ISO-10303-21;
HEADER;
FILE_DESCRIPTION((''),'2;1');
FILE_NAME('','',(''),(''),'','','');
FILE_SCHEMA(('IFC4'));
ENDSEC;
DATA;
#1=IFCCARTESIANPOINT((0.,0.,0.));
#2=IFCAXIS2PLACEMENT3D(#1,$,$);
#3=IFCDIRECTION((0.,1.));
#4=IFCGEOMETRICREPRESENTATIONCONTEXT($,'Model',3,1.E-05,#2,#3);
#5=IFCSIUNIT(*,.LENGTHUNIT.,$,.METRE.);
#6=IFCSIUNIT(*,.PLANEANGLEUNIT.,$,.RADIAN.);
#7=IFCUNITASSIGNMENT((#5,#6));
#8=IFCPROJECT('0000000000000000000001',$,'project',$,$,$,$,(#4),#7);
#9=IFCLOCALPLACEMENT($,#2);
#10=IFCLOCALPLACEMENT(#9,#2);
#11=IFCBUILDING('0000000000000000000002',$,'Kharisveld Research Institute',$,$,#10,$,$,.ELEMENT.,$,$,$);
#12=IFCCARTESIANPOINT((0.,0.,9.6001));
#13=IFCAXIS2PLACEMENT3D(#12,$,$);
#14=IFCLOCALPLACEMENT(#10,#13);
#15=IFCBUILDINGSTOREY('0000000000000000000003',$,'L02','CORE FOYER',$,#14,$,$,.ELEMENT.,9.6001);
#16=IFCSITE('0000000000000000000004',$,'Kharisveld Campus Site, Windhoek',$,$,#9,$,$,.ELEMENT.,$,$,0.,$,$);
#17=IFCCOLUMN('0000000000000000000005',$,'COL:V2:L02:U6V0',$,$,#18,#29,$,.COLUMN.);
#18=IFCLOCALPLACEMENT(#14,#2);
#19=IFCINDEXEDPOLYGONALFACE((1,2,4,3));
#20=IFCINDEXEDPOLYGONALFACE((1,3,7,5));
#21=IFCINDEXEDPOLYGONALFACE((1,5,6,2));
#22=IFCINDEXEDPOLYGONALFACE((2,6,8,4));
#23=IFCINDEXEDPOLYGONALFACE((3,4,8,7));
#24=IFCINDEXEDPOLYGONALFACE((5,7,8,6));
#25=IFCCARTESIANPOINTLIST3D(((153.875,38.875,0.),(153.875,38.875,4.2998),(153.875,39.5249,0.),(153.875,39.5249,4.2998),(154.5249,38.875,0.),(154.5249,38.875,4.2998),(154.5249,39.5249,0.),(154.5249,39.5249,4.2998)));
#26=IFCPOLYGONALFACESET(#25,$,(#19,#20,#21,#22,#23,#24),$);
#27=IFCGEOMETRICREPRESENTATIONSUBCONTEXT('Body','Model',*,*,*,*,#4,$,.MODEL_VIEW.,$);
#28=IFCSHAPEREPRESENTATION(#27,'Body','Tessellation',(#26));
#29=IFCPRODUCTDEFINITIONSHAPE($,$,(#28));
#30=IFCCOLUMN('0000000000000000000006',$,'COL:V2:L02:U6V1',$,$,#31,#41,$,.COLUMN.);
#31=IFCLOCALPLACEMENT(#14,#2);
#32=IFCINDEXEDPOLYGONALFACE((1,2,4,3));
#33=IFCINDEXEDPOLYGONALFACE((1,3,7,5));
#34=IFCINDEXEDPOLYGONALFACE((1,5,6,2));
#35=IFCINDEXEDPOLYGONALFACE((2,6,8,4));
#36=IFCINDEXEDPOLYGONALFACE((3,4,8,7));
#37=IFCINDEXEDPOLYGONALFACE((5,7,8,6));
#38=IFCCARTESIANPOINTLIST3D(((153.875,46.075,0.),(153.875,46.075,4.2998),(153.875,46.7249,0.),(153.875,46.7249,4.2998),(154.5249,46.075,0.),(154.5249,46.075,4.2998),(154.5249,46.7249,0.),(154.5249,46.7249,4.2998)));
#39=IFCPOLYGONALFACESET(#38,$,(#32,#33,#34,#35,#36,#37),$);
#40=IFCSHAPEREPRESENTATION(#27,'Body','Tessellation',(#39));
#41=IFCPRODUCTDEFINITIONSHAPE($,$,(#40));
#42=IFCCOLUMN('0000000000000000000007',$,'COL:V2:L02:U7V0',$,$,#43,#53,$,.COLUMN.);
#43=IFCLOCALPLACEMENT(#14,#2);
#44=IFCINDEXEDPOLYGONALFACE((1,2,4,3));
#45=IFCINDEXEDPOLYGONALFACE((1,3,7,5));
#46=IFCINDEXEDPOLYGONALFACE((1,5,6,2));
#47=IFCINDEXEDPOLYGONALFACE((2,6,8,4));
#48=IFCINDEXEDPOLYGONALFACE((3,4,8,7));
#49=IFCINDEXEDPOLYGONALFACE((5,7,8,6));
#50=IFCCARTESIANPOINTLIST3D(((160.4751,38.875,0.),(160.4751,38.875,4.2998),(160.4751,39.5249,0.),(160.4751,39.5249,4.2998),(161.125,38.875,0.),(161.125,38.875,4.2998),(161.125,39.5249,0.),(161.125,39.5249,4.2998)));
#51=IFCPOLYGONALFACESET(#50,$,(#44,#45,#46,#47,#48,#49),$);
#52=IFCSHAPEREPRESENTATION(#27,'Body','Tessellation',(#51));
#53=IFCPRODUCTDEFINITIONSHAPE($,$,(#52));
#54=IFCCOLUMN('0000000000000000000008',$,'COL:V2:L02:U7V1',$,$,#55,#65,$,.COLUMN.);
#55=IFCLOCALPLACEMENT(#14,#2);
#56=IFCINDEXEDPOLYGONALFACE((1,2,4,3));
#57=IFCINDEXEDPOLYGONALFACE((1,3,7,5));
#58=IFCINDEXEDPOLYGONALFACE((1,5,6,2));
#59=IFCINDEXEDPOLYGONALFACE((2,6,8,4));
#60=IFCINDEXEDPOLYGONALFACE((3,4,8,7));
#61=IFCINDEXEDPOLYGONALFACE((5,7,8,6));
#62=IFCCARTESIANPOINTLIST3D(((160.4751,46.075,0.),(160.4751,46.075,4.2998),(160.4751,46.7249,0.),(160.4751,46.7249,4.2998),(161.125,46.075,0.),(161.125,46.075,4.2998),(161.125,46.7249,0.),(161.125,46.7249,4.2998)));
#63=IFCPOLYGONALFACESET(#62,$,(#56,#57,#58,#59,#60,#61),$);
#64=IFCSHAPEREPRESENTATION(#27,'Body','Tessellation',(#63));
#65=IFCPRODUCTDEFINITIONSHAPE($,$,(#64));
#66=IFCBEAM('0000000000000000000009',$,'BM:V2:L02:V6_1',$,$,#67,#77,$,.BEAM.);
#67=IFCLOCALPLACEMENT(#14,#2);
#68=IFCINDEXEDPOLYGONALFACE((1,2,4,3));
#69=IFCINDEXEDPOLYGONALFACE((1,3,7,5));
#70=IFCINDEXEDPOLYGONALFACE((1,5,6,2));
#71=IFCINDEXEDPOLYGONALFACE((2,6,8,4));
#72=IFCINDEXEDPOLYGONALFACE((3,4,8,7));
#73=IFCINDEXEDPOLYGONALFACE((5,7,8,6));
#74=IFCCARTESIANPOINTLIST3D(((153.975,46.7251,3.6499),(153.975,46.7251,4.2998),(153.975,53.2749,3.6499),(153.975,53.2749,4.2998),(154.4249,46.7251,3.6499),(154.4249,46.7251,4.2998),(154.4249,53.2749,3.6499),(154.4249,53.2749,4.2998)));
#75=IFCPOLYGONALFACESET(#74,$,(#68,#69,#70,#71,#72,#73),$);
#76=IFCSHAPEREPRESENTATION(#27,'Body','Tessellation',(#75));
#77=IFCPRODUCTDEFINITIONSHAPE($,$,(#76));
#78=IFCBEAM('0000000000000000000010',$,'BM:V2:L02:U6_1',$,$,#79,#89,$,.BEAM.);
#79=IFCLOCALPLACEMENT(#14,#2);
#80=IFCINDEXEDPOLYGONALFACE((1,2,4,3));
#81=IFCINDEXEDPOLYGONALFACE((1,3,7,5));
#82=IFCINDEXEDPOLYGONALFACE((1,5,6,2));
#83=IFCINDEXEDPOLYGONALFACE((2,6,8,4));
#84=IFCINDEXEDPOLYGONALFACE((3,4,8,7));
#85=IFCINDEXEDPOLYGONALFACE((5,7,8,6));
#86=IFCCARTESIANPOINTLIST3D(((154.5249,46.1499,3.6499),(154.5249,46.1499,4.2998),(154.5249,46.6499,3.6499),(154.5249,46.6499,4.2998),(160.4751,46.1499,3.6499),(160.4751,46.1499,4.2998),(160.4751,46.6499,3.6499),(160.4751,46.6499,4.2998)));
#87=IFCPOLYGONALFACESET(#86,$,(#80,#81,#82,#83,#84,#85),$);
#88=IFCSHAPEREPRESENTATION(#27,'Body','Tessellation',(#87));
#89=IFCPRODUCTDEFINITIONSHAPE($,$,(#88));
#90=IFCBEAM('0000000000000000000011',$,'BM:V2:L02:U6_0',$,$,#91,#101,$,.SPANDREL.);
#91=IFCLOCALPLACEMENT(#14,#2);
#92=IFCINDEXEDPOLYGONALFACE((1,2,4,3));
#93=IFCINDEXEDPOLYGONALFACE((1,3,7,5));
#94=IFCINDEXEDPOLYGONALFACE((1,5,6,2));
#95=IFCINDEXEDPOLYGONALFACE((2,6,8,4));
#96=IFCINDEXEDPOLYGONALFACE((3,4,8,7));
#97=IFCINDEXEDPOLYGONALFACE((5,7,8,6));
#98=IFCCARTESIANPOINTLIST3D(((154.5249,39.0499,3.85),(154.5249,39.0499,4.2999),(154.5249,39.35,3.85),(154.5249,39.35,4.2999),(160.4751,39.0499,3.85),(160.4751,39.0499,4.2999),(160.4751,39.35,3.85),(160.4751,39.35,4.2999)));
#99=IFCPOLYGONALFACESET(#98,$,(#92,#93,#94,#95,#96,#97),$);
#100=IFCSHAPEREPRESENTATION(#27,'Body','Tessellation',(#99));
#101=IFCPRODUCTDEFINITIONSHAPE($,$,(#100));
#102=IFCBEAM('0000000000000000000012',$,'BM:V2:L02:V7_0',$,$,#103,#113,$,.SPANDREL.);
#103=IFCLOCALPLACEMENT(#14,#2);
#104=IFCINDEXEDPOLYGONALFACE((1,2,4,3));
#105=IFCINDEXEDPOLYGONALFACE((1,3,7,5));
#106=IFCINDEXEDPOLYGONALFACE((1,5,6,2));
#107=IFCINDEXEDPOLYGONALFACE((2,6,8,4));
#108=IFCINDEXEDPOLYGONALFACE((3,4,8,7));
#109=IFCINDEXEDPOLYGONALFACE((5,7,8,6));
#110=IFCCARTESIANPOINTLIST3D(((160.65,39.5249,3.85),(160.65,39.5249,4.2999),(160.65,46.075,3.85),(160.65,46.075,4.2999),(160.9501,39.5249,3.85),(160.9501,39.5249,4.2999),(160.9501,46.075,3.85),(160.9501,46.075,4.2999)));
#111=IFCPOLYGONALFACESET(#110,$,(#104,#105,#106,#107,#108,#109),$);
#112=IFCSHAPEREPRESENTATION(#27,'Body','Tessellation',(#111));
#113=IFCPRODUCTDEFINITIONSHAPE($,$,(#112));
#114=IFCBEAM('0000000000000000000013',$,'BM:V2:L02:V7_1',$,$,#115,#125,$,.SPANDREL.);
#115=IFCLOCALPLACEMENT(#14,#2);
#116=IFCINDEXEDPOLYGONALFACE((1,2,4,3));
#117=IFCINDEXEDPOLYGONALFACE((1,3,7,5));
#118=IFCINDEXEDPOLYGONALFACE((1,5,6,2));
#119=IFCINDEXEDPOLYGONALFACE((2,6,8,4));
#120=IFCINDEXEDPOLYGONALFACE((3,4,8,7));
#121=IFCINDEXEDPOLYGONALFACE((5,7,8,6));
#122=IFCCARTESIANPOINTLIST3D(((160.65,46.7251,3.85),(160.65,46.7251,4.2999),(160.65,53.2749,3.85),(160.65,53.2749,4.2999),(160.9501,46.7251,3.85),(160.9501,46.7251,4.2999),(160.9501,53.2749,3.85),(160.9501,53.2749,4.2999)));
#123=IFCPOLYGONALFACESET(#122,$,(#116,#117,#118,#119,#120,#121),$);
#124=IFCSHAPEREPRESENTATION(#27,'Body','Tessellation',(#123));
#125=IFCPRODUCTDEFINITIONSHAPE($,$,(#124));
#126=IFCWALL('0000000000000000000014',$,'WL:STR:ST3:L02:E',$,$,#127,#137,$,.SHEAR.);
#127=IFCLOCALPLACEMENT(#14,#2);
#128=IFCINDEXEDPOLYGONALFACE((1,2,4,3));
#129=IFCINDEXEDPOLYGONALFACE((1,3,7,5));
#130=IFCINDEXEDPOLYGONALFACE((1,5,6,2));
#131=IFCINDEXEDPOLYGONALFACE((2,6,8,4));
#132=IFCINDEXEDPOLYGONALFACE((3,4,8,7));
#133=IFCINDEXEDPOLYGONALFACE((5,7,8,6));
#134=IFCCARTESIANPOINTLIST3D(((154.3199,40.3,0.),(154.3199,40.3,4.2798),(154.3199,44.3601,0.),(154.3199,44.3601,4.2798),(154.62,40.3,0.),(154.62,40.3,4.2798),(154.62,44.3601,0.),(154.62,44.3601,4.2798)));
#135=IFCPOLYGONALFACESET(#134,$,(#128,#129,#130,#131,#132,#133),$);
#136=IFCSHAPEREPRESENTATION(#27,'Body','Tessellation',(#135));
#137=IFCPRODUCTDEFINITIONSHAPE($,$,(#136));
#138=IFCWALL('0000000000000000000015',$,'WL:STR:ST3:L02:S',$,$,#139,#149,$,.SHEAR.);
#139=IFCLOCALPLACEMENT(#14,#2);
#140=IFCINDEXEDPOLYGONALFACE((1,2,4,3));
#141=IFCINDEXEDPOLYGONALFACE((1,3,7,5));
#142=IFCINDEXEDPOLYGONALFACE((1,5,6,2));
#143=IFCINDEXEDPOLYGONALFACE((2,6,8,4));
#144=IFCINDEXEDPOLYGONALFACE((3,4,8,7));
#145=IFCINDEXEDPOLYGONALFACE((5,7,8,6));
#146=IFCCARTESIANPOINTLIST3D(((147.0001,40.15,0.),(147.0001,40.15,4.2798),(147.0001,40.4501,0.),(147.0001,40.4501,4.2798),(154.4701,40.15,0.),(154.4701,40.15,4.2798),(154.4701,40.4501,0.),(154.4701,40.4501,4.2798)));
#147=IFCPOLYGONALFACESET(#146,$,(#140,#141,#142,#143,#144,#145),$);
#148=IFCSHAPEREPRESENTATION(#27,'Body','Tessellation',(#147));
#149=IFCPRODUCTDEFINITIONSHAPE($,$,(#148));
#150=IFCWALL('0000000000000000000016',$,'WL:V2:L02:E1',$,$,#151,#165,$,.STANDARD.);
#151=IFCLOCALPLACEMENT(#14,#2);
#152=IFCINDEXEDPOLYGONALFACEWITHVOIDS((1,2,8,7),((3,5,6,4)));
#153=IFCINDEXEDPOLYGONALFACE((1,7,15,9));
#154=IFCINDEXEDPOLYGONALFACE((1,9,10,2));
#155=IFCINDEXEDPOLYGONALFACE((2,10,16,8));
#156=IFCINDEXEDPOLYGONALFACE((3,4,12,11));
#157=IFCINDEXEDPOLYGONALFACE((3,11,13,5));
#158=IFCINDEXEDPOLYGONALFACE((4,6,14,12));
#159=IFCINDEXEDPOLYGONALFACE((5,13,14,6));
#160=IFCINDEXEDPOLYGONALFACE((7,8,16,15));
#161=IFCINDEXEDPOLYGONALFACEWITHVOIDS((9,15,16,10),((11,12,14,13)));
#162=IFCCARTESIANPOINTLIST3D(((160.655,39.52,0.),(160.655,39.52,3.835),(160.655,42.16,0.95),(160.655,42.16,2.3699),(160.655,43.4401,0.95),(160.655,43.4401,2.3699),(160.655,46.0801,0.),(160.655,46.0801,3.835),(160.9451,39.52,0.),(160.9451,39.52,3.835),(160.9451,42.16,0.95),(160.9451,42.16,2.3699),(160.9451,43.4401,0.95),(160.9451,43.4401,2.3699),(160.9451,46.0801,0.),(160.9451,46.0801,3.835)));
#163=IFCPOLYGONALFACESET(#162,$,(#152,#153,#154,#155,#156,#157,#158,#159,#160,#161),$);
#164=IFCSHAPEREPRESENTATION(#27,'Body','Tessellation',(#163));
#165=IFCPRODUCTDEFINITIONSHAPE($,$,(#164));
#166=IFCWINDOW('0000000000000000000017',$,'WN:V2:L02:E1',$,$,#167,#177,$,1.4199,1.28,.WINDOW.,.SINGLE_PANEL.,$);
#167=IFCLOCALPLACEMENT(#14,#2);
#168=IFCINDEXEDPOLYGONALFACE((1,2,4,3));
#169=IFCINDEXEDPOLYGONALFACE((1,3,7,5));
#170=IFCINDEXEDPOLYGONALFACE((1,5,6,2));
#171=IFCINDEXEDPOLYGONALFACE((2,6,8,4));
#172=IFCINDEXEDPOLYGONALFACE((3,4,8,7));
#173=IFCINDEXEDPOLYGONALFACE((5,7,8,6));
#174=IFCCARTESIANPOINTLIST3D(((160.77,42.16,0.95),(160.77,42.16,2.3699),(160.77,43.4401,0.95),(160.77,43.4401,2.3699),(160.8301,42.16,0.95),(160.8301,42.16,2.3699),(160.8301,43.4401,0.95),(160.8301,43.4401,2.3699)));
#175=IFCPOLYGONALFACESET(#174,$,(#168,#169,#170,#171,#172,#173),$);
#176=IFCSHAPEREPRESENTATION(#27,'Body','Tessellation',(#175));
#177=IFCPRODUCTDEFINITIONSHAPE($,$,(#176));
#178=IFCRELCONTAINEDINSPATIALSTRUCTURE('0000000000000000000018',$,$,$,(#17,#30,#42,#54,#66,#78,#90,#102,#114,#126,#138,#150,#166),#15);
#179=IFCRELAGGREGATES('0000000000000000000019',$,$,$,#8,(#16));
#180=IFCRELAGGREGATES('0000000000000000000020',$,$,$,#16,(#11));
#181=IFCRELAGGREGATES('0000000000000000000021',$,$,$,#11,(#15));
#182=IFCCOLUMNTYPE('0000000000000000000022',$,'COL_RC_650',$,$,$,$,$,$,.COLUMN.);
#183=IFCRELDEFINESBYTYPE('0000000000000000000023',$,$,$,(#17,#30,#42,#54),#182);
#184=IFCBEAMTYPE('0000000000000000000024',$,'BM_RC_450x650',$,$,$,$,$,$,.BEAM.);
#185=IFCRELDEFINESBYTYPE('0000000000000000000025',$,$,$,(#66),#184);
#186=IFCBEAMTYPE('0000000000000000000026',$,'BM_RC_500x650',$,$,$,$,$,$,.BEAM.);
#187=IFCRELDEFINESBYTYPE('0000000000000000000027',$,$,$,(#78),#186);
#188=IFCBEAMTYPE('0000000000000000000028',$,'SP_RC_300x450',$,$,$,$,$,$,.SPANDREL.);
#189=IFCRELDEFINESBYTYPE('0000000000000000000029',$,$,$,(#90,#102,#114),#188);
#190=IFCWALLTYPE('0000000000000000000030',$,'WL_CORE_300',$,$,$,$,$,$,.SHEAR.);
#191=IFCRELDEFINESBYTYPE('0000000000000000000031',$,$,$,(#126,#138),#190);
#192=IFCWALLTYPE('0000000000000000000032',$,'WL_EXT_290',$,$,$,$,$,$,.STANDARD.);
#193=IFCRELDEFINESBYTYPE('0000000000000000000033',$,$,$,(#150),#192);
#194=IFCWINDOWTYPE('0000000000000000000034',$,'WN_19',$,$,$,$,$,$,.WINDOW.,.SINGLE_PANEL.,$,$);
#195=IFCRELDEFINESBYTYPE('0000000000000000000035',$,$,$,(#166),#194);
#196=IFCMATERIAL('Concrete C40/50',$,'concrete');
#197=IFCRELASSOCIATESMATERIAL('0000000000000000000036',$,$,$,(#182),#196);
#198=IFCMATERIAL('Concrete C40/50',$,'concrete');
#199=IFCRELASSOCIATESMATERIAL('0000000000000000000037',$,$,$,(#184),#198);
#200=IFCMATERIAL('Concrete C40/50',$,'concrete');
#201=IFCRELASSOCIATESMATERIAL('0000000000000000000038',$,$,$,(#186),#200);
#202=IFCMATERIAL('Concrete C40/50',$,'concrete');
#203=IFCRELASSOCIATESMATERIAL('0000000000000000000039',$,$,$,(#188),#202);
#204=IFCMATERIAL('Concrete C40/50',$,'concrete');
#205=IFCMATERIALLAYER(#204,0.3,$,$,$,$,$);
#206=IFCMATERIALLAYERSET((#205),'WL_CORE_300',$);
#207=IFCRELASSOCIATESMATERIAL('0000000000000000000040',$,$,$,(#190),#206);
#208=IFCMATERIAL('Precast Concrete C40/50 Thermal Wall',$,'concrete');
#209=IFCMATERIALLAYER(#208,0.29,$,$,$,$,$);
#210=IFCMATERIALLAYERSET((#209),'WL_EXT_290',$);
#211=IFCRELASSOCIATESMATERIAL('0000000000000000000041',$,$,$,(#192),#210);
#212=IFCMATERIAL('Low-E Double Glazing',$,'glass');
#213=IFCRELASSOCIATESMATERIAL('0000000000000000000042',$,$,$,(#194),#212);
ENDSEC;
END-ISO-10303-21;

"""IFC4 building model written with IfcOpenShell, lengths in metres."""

from ifc_helpers import new_model, si_unit, direction, frame, frame_2d, origin, origin_2d, place, context, subcontext, project, spatial, rectangle, extrude, material, layer, layer_set, material_profile, profile_set, type_object, element, fill, save


model = new_model("IFC4")

# Units and contexts
model_context = context("Model", 3, precision=1e-05, world=origin(), true_north=direction((0.0, 1.0)))
body_context = subcontext(model_context, "Body", "Model", "MODEL_VIEW")
ifc_project = project(units=[si_unit("LENGTHUNIT", "METRE"), si_unit("PLANEANGLEUNIT", "RADIAN")], contexts=[model_context])

# Site, building, storey
site_placement = place(None, origin())
site = spatial("IfcSite", under=ifc_project, at=site_placement, Name="Kharisveld Campus Site, Windhoek", CompositionType="ELEMENT", RefElevation=0.0)
building_placement = place(site_placement, origin())
building = spatial("IfcBuilding", under=site, at=building_placement, Name="Kharisveld Research Institute", CompositionType="ELEMENT")
storey_placement = place(building_placement, frame((0.0, 0.0, 9.6001)))
storey = spatial("IfcBuildingStorey", under=building, at=storey_placement, Name="L02", Description="CORE FOYER", CompositionType="ELEMENT", Elevation=9.6001)

# Columns
ifc_material_1 = material(Name="Concrete C40/50", Category="concrete")
ifc_material_profile_1 = material_profile(ifc_material_1, rectangle(XDim=0.6499, YDim=0.6499, at=origin_2d()))
ifc_profile_set_1 = profile_set([ifc_material_profile_1], Name="Concrete C40/50")
column_type = type_object("IfcColumnType", Name="COL_RC_650", PredefinedType="COLUMN", material=ifc_profile_set_1)
for number, where, z_axis, x_axis, name in (
    (1, (154.2, 39.2, 0.0), (0.0, 0.0, 1.0), (1.0, 0.0, 0.0), "COL:V2:L02:U6V0"),
    (2, (154.2, 46.3999, 0.0), (0.0, 0.0, 1.0), (1.0, 0.0, 0.0), "COL:V2:L02:U6V1"),
    (3, (160.8, 39.2, 0.0), (0.0, 0.0, 1.0), (1.0, 0.0, 0.0), "COL:V2:L02:U7V0"),
    (4, (160.8, 46.3999, 0.0), (0.0, 0.0, 1.0), (1.0, 0.0, 0.0), "COL:V2:L02:U7V1"),
):
    element("IfcColumn", number, at=place(storey_placement, frame(where, z_axis=z_axis, x_axis=x_axis)), inside=storey, type_object=column_type, Name=name, PredefinedType="COLUMN", context=body_context, shape_type="SweptSolid", body=[
        extrude(rectangle(XDim=0.6499, YDim=0.6499, at=origin_2d()), origin(), (0.0, 0.0, 1.0), 4.2998),
    ])

# Beams
ifc_material_2 = material(Name="Concrete C40/50", Category="concrete")
ifc_material_profile_2 = material_profile(ifc_material_2, rectangle(XDim=0.45, YDim=0.6499, at=origin_2d()))
ifc_profile_set_2 = profile_set([ifc_material_profile_2], Name="Concrete C40/50")
beam_type_1 = type_object("IfcBeamType", Name="BM_RC_450x650", PredefinedType="BEAM", material=ifc_profile_set_2)
beam_1_placement = place(storey_placement, frame((154.2, 46.7251, 3.9749), z_axis=(0.0, 1.0, 0.0), x_axis=(-1.0, 0.0, 0.0)))
element("IfcBeam", 5, at=beam_1_placement, inside=storey, type_object=beam_type_1, Name="BM:V2:L02:V6_1", PredefinedType="BEAM", context=body_context, shape_type="SweptSolid", body=[
    extrude(rectangle(XDim=0.45, YDim=0.6499, at=origin_2d()), origin(), (0.0, 0.0, 1.0), 6.5498),
])
ifc_material_3 = material(Name="Concrete C40/50", Category="concrete")
ifc_material_profile_3 = material_profile(ifc_material_3, rectangle(XDim=0.5, YDim=0.6499, at=origin_2d()))
ifc_profile_set_3 = profile_set([ifc_material_profile_3], Name="Concrete C40/50")
beam_type_2 = type_object("IfcBeamType", Name="BM_RC_500x650", PredefinedType="BEAM", material=ifc_profile_set_3)
beam_2_placement = place(storey_placement, frame((154.5249, 46.3999, 3.9749), z_axis=(1.0, 0.0, 0.0), x_axis=(0.0, 1.0, 0.0)))
element("IfcBeam", 6, at=beam_2_placement, inside=storey, type_object=beam_type_2, Name="BM:V2:L02:U6_1", PredefinedType="BEAM", context=body_context, shape_type="SweptSolid", body=[
    extrude(rectangle(XDim=0.5, YDim=0.6499, at=origin_2d()), origin(), (0.0, 0.0, 1.0), 5.9502),
])
ifc_material_4 = material(Name="Concrete C40/50", Category="concrete")
ifc_material_profile_4 = material_profile(ifc_material_4, rectangle(XDim=0.3, YDim=0.45, at=origin_2d()))
ifc_profile_set_4 = profile_set([ifc_material_profile_4], Name="Concrete C40/50")
beam_type_3 = type_object("IfcBeamType", Name="SP_RC_300x450", PredefinedType="SPANDREL", material=ifc_profile_set_4)
beam_3_placement = place(storey_placement, frame((154.5249, 39.2, 4.075), z_axis=(1.0, 0.0, 0.0), x_axis=(0.0, 1.0, 0.0)))
element("IfcBeam", 7, at=beam_3_placement, inside=storey, type_object=beam_type_3, Name="BM:V2:L02:U6_0", PredefinedType="SPANDREL", context=body_context, shape_type="SweptSolid", body=[
    extrude(rectangle(XDim=0.3, YDim=0.45, at=origin_2d()), origin(), (0.0, 0.0, 1.0), 5.9502),
])
beam_4_placement = place(storey_placement, frame((160.8, 39.5249, 4.075), z_axis=(0.0, 1.0, 0.0), x_axis=(-1.0, 0.0, 0.0)))
element("IfcBeam", 8, at=beam_4_placement, inside=storey, type_object=beam_type_3, Name="BM:V2:L02:V7_0", PredefinedType="SPANDREL", context=body_context, shape_type="SweptSolid", body=[
    extrude(rectangle(XDim=0.3, YDim=0.45, at=origin_2d()), origin(), (0.0, 0.0, 1.0), 6.55),
])
beam_5_placement = place(storey_placement, frame((160.8, 46.7251, 4.075), z_axis=(0.0, 1.0, 0.0), x_axis=(-1.0, 0.0, 0.0)))
element("IfcBeam", 9, at=beam_5_placement, inside=storey, type_object=beam_type_3, Name="BM:V2:L02:V7_1", PredefinedType="SPANDREL", context=body_context, shape_type="SweptSolid", body=[
    extrude(rectangle(XDim=0.3, YDim=0.45, at=origin_2d()), origin(), (0.0, 0.0, 1.0), 6.5498),
])

# Walls
ifc_material_5 = material(Name="Concrete C40/50", Category="concrete")
ifc_layer_1 = layer(ifc_material_5, 0.3)
ifc_layer_set_1 = layer_set([ifc_layer_1], Name="WL_CORE_300")
wall_type_1 = type_object("IfcWallType", Name="WL_CORE_300", PredefinedType="SHEAR", material=ifc_layer_set_1)
wall_1_placement = place(storey_placement, frame((154.47, 44.3601, 0.0), z_axis=(0.0, 0.0, 1.0), x_axis=(0.0, -1.0, 0.0)))
element("IfcWall", 10, at=wall_1_placement, inside=storey, type_object=wall_type_1, Name="WL:STR:ST3:L02:E", PredefinedType="SHEAR", context=body_context, shape_type="SweptSolid", body=[
    extrude(rectangle(XDim=4.0601, YDim=0.3, at=frame_2d((2.03, 0.0))), origin(), (0.0, 0.0, 1.0), 4.2798),
])
wall_2_placement = place(storey_placement, frame((154.47, 40.3, 0.0), z_axis=(0.0, 0.0, 1.0), x_axis=(-1.0, 0.0, 0.0)))
element("IfcWall", 11, at=wall_2_placement, inside=storey, type_object=wall_type_1, Name="WL:STR:ST3:L02:S", PredefinedType="SHEAR", context=body_context, shape_type="SweptSolid", body=[
    extrude(rectangle(XDim=7.47, YDim=0.3, at=frame_2d((3.7349, 0.0))), origin(), (0.0, 0.0, 1.0), 4.2798),
])

# Wall, opening, window
ifc_material_6 = material(Name="Precast Concrete C40/50 Thermal Wall", Category="concrete")
ifc_layer_2 = layer(ifc_material_6, 0.29)
ifc_layer_set_2 = layer_set([ifc_layer_2], Name="WL_EXT_290")
wall_type_2 = type_object("IfcWallType", Name="WL_EXT_290", PredefinedType="STANDARD", material=ifc_layer_set_2)
wall_3_placement = place(storey_placement, frame((160.8, 46.0801, 0.0), z_axis=(0.0, 0.0, 1.0), x_axis=(0.0, -1.0, 0.0)))
wall_3 = element("IfcWall", 12, at=wall_3_placement, inside=storey, type_object=wall_type_2, Name="WL:V2:L02:E1", PredefinedType="STANDARD", context=body_context, shape_type="SweptSolid", body=[
    extrude(rectangle(XDim=6.5601, YDim=0.29, at=frame_2d((3.28, 0.0))), origin(), (0.0, 0.0, 1.0), 3.835),
])
opening_1_placement = place(wall_3_placement, frame((2.6399, 0.0, 0.95)))
opening_1 = element("IfcOpeningElement", 13, at=opening_1_placement, cuts=wall_3, PredefinedType="OPENING", context=body_context, shape_type="SweptSolid", body=[
    extrude(rectangle(XDim=1.28, YDim=1.4199, at=frame_2d((0.6401, 0.71))), frame((0.0, 0.145, 0.0), z_axis=(0.0, -1.0, 0.0), x_axis=(1.0, 0.0, 0.0)), (0.0, 0.0, 1.0), 0.29),
])
ifc_material_7 = material(Name="Low-E Double Glazing", Category="glass")
window_type_1 = type_object("IfcWindowType", Name="WN_19", PartitioningType="SINGLE_PANEL", PredefinedType="WINDOW", material=ifc_material_7)
window_1_placement = place(opening_1_placement, origin())
window_1 = element("IfcWindow", 14, at=window_1_placement, inside=storey, type_object=window_type_1, Name="WN:V2:L02:E1", OverallHeight=1.4199, OverallWidth=1.28, PartitioningType="SINGLE_PANEL", PredefinedType="WINDOW", context=body_context, shape_type="SweptSolid", body=[
    extrude(rectangle(XDim=1.28, YDim=1.4199, at=frame_2d((0.6401, 0.71))), frame((0.0, 0.03, 0.0), z_axis=(0.0, -1.0, 0.0), x_axis=(1.0, 0.0, 0.0)), (0.0, 0.0, 1.0), 0.0601),
])
fill(opening_1, window_1)

save(model, "model.ifc")
